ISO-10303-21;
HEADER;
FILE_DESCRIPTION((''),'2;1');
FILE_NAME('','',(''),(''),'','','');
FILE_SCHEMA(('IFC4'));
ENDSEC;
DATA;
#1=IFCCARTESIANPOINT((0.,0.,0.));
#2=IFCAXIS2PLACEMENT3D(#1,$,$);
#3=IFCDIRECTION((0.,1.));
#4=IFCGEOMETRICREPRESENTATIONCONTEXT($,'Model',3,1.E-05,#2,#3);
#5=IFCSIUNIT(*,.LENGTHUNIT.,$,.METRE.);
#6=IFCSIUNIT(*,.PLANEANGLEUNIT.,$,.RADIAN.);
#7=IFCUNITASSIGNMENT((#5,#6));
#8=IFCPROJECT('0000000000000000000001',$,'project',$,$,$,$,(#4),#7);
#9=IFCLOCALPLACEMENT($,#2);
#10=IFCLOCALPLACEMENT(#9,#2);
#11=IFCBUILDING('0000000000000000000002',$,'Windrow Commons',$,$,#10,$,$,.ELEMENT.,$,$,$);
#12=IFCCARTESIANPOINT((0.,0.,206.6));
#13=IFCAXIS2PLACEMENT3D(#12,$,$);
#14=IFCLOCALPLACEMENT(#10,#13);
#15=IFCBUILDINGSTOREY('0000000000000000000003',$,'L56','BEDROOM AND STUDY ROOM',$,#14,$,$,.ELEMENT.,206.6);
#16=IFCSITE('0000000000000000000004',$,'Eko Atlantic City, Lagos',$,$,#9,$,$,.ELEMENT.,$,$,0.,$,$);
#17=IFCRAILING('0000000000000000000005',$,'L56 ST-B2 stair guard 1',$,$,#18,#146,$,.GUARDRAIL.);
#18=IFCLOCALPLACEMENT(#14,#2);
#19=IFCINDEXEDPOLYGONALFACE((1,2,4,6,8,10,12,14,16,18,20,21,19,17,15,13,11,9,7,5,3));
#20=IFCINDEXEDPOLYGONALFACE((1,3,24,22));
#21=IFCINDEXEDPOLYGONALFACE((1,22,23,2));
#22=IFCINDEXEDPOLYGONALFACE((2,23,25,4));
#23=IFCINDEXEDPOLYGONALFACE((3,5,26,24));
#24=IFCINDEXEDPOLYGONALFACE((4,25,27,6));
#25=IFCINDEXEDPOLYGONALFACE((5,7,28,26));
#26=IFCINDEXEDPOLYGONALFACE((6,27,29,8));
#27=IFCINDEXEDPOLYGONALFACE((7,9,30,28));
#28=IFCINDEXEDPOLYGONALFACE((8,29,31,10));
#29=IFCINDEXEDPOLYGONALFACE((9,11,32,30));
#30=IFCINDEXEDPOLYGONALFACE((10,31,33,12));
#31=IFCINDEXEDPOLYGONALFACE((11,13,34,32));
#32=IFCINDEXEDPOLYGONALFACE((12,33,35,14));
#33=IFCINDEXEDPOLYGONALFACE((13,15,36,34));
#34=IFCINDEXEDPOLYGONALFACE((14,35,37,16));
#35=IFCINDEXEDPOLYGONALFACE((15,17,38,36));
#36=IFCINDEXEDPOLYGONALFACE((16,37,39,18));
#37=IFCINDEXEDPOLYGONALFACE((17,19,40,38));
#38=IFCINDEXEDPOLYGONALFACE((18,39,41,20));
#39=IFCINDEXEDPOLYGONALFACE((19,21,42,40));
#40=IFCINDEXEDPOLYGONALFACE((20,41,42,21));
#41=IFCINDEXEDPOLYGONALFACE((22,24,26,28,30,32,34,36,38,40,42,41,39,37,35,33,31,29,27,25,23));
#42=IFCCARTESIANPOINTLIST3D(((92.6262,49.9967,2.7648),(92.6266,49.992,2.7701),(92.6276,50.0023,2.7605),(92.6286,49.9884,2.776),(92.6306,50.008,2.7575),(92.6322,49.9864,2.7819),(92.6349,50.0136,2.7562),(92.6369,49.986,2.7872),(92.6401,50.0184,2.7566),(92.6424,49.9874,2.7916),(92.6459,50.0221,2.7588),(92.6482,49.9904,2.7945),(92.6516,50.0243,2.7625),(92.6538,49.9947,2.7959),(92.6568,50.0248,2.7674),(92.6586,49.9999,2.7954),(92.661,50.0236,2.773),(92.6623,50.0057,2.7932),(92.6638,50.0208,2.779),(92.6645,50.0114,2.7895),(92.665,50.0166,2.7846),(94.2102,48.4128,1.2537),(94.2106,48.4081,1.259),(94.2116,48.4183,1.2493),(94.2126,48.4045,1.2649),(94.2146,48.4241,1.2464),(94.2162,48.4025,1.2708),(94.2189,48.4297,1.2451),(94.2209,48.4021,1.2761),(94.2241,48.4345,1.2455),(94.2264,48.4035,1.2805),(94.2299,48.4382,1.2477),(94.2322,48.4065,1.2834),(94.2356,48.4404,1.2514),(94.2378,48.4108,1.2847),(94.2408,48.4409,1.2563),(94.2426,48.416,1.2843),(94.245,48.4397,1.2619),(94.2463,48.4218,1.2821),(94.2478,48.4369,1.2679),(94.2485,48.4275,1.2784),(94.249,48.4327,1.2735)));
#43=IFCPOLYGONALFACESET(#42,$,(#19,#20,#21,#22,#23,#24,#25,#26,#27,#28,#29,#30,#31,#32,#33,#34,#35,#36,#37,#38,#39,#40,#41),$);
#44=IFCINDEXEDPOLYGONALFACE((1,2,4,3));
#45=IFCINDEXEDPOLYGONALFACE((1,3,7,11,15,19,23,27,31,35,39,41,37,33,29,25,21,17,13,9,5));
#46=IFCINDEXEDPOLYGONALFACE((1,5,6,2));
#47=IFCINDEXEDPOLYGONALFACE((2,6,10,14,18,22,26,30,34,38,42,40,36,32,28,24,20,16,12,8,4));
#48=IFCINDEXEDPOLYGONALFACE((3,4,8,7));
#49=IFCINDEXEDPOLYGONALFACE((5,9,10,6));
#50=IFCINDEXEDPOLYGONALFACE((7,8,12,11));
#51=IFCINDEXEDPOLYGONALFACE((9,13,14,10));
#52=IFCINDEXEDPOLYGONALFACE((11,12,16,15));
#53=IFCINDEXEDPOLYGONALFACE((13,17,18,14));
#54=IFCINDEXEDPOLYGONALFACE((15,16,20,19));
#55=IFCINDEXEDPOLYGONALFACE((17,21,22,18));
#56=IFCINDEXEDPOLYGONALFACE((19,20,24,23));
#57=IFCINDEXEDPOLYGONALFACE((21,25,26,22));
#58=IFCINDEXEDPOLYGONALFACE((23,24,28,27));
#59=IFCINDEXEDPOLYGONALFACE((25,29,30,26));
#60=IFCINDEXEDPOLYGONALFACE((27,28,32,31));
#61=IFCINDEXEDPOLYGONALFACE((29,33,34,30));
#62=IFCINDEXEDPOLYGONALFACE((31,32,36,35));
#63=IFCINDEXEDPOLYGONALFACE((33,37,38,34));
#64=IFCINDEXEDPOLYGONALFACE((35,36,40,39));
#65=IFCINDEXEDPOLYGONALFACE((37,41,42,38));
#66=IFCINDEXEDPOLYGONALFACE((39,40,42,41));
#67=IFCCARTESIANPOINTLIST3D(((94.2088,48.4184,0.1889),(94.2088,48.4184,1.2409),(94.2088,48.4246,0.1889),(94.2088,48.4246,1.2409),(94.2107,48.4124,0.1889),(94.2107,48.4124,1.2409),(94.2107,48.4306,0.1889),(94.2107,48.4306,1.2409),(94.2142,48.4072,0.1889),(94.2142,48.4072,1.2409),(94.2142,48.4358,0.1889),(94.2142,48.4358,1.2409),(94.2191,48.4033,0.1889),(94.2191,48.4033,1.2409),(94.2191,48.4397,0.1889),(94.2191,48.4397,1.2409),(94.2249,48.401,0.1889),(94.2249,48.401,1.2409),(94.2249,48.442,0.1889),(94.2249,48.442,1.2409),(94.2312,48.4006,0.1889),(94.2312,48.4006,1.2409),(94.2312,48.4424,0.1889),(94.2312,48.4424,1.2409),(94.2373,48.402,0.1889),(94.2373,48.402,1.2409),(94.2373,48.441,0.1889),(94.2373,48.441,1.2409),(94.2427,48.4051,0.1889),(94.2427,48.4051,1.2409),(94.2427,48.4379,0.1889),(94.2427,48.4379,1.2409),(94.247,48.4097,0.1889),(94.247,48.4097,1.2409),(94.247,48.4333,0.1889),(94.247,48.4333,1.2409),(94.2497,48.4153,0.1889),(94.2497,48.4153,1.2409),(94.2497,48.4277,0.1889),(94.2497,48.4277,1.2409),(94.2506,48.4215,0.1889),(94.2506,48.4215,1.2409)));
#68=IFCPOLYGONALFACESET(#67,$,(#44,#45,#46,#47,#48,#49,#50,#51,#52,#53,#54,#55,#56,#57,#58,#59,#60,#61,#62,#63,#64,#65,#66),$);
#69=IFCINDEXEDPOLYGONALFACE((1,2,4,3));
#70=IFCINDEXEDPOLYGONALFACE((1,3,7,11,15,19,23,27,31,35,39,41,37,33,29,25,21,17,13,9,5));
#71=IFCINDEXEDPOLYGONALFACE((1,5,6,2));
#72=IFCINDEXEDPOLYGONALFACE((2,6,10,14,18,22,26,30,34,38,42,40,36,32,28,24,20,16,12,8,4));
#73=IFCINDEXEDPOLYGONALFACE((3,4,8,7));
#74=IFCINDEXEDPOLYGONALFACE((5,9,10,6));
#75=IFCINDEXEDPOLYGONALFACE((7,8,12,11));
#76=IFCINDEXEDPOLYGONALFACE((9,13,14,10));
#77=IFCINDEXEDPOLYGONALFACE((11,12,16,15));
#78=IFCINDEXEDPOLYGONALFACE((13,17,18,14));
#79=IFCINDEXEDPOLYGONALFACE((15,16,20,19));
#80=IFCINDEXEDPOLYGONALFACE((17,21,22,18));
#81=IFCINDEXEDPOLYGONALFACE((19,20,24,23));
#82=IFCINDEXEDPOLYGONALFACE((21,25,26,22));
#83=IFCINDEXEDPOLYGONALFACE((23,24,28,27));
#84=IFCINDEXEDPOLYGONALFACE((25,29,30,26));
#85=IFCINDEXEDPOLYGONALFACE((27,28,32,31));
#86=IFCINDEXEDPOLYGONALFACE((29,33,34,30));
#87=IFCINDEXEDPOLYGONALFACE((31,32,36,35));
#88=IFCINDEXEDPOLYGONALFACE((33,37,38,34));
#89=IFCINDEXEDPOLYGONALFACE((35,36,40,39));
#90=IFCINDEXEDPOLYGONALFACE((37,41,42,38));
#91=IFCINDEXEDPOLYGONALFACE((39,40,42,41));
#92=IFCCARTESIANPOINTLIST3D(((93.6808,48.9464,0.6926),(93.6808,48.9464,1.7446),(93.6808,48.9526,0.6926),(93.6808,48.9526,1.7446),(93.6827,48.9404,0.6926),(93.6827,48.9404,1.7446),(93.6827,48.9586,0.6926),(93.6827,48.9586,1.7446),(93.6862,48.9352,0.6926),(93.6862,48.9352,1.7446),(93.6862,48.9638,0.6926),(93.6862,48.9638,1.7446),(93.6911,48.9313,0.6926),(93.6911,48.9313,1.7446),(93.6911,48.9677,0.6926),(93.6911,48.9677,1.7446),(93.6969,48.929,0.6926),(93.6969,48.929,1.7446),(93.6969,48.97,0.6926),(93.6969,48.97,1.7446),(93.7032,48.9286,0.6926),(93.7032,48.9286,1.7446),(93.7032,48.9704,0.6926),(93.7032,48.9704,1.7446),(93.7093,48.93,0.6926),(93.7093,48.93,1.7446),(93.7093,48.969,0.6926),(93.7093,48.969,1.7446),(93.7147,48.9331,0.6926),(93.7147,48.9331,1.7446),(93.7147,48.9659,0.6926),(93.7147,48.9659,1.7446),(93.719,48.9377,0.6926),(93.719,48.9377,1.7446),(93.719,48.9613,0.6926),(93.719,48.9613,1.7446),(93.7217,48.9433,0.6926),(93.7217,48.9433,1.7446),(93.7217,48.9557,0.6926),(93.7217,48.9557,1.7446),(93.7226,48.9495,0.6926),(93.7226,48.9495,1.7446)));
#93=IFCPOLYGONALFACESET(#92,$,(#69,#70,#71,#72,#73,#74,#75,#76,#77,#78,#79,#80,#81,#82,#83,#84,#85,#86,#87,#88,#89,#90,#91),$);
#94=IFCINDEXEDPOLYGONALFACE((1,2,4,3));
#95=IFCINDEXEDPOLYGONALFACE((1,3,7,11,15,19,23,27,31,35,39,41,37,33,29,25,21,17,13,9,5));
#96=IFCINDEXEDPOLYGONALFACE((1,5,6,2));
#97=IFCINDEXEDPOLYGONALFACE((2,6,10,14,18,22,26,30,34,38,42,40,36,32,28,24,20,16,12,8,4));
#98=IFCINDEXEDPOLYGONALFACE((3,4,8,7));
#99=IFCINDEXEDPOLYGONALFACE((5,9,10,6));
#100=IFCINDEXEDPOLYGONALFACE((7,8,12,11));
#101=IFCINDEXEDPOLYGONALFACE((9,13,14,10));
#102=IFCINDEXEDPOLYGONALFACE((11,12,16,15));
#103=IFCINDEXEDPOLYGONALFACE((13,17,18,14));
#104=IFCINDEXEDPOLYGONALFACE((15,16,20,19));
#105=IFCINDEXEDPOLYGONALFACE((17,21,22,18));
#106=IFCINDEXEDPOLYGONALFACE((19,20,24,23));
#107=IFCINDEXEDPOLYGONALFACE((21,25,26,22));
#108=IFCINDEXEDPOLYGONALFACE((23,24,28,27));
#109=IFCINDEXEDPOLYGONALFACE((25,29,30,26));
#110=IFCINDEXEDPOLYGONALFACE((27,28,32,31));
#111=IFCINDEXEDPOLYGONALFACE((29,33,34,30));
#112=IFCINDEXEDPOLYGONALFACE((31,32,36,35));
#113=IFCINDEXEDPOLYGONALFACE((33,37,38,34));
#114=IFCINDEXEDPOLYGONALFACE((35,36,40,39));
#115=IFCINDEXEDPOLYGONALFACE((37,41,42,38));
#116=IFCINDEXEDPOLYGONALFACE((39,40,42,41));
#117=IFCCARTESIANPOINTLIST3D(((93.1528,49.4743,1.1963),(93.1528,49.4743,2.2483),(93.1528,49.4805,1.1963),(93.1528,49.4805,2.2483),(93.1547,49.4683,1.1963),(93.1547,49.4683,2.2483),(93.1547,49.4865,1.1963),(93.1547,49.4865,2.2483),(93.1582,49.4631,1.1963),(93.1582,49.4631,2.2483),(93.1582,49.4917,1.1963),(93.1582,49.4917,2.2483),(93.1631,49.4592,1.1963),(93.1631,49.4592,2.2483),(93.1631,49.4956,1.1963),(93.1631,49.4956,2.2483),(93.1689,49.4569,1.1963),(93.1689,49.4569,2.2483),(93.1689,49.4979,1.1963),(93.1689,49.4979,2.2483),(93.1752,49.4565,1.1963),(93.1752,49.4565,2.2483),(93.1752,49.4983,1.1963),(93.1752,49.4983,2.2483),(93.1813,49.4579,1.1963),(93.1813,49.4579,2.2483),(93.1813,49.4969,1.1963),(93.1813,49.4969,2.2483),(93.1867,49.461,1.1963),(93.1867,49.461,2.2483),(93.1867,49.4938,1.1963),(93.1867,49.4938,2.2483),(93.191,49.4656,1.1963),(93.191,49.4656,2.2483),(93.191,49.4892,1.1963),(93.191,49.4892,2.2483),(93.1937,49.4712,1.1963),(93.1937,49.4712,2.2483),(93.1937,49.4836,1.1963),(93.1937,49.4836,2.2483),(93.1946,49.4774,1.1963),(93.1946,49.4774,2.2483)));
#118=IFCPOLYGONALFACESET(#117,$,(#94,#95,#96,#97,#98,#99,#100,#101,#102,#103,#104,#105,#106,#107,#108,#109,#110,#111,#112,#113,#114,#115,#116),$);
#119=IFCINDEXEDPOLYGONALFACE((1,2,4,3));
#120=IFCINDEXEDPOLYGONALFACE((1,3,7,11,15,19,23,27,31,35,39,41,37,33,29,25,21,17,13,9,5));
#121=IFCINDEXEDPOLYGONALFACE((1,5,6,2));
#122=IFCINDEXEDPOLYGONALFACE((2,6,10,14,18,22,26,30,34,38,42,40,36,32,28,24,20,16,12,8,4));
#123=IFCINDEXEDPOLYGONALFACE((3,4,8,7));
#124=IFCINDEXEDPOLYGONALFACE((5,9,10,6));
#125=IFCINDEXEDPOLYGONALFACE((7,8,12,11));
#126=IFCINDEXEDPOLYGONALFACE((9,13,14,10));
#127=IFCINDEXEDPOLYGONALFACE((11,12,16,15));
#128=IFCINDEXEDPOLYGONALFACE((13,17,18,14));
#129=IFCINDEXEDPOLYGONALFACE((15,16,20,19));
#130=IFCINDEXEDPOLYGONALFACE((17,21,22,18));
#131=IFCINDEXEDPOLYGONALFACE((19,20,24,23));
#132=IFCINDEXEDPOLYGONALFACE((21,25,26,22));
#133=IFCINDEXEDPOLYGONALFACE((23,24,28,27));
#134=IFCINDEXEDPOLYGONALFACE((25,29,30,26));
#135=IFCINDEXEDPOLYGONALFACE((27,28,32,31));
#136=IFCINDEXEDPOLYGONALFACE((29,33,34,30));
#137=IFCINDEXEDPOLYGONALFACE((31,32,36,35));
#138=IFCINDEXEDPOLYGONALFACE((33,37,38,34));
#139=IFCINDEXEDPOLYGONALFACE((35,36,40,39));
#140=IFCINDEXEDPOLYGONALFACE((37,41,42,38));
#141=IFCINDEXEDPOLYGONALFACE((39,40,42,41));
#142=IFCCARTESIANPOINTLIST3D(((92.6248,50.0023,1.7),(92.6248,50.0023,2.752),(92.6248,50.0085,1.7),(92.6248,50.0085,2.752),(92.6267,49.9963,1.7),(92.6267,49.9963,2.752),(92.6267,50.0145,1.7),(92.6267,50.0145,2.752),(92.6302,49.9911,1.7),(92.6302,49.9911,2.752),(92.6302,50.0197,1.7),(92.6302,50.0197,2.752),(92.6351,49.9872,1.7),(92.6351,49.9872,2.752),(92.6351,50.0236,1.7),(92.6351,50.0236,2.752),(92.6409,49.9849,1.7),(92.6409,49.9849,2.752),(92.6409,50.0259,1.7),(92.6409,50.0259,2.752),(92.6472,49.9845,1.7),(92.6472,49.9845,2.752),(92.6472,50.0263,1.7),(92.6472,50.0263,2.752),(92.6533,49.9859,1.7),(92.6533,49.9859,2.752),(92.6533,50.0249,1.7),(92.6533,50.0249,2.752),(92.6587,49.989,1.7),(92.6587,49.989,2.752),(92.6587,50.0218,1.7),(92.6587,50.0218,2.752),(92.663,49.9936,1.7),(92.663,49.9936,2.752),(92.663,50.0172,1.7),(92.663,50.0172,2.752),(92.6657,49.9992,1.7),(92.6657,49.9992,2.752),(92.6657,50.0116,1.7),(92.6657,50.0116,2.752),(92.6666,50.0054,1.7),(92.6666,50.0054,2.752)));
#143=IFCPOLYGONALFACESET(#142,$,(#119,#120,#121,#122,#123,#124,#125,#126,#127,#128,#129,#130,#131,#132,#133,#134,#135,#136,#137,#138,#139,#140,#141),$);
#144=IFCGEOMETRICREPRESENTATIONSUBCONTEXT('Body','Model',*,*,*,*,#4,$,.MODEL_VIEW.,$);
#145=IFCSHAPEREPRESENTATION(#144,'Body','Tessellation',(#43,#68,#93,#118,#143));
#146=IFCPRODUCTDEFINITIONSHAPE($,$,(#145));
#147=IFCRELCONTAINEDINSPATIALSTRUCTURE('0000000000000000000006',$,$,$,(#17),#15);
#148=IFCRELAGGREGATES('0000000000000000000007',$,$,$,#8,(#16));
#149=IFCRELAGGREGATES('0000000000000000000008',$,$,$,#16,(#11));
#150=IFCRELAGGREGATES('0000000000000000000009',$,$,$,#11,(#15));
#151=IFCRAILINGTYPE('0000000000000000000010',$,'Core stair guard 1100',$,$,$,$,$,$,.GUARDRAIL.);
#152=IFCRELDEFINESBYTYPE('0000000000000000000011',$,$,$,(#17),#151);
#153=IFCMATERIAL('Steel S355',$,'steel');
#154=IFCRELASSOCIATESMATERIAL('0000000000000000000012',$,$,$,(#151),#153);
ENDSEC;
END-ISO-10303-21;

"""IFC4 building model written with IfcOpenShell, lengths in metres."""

from ifc_helpers import new_model, si_unit, direction, frame, origin, origin_2d, place, context, subcontext, project, spatial, circle, extrude, material, type_object, element, save


model = new_model("IFC4")

# Units and contexts
model_context = context("Model", 3, precision=1e-05, world=origin(), true_north=direction((0.0, 1.0)))
body_context = subcontext(model_context, "Body", "Model", "MODEL_VIEW")
ifc_project = project(units=[si_unit("LENGTHUNIT", "METRE"), si_unit("PLANEANGLEUNIT", "RADIAN")], contexts=[model_context])

# Site, building, storey
site_placement = place(None, origin())
site = spatial("IfcSite", under=ifc_project, at=site_placement, Name="Eko Atlantic City, Lagos", CompositionType="ELEMENT", RefElevation=0.0)
building_placement = place(site_placement, origin())
building = spatial("IfcBuilding", under=site, at=building_placement, Name="Windrow Commons", CompositionType="ELEMENT")
storey_placement = place(building_placement, frame((0.0, 0.0, 206.6)))
storey = spatial("IfcBuildingStorey", under=building, at=storey_placement, Name="L56", Description="BEDROOM AND STUDY ROOM", CompositionType="ELEMENT", Elevation=206.6)

# Railing
ifc_material_1 = material(Name="Steel S355", Category="steel")
railing_type_1 = type_object("IfcRailingType", Name="Core stair guard 1100", PredefinedType="GUARDRAIL", material=ifc_material_1)
railing_1_placement = place(storey_placement, frame((94.2296, 48.4215, 0.1889)))
element("IfcRailing", 1, at=railing_1_placement, inside=storey, type_object=railing_type_1, Name="L56 ST-B2 stair guard 1", PredefinedType="GUARDRAIL", context=body_context, shape_type="SweptSolid", body=[
    extrude(circle(Radius=0.024, at=origin_2d()), frame((0.0, 0.0, 1.076), z_axis=(-0.586216, 0.586179, 0.559237), x_axis=(-0.707084, -0.707129, 0.0)), (0.0, 0.0, 1.0), 2.7021),
    extrude(circle(Radius=0.021, at=origin_2d()), origin(), (0.0, 0.0, 1.0), 1.052),
    extrude(circle(Radius=0.021, at=origin_2d()), frame((-0.528, 0.528, 0.5037)), (0.0, 0.0, 1.0), 1.052),
    extrude(circle(Radius=0.021, at=origin_2d()), frame((-1.056, 1.0559, 1.0074)), (0.0, 0.0, 1.0), 1.052),
    extrude(circle(Radius=0.021, at=origin_2d()), frame((-1.584, 1.5839, 1.5111)), (0.0, 0.0, 1.0), 1.052),
])

save(model, "model.ifc")
